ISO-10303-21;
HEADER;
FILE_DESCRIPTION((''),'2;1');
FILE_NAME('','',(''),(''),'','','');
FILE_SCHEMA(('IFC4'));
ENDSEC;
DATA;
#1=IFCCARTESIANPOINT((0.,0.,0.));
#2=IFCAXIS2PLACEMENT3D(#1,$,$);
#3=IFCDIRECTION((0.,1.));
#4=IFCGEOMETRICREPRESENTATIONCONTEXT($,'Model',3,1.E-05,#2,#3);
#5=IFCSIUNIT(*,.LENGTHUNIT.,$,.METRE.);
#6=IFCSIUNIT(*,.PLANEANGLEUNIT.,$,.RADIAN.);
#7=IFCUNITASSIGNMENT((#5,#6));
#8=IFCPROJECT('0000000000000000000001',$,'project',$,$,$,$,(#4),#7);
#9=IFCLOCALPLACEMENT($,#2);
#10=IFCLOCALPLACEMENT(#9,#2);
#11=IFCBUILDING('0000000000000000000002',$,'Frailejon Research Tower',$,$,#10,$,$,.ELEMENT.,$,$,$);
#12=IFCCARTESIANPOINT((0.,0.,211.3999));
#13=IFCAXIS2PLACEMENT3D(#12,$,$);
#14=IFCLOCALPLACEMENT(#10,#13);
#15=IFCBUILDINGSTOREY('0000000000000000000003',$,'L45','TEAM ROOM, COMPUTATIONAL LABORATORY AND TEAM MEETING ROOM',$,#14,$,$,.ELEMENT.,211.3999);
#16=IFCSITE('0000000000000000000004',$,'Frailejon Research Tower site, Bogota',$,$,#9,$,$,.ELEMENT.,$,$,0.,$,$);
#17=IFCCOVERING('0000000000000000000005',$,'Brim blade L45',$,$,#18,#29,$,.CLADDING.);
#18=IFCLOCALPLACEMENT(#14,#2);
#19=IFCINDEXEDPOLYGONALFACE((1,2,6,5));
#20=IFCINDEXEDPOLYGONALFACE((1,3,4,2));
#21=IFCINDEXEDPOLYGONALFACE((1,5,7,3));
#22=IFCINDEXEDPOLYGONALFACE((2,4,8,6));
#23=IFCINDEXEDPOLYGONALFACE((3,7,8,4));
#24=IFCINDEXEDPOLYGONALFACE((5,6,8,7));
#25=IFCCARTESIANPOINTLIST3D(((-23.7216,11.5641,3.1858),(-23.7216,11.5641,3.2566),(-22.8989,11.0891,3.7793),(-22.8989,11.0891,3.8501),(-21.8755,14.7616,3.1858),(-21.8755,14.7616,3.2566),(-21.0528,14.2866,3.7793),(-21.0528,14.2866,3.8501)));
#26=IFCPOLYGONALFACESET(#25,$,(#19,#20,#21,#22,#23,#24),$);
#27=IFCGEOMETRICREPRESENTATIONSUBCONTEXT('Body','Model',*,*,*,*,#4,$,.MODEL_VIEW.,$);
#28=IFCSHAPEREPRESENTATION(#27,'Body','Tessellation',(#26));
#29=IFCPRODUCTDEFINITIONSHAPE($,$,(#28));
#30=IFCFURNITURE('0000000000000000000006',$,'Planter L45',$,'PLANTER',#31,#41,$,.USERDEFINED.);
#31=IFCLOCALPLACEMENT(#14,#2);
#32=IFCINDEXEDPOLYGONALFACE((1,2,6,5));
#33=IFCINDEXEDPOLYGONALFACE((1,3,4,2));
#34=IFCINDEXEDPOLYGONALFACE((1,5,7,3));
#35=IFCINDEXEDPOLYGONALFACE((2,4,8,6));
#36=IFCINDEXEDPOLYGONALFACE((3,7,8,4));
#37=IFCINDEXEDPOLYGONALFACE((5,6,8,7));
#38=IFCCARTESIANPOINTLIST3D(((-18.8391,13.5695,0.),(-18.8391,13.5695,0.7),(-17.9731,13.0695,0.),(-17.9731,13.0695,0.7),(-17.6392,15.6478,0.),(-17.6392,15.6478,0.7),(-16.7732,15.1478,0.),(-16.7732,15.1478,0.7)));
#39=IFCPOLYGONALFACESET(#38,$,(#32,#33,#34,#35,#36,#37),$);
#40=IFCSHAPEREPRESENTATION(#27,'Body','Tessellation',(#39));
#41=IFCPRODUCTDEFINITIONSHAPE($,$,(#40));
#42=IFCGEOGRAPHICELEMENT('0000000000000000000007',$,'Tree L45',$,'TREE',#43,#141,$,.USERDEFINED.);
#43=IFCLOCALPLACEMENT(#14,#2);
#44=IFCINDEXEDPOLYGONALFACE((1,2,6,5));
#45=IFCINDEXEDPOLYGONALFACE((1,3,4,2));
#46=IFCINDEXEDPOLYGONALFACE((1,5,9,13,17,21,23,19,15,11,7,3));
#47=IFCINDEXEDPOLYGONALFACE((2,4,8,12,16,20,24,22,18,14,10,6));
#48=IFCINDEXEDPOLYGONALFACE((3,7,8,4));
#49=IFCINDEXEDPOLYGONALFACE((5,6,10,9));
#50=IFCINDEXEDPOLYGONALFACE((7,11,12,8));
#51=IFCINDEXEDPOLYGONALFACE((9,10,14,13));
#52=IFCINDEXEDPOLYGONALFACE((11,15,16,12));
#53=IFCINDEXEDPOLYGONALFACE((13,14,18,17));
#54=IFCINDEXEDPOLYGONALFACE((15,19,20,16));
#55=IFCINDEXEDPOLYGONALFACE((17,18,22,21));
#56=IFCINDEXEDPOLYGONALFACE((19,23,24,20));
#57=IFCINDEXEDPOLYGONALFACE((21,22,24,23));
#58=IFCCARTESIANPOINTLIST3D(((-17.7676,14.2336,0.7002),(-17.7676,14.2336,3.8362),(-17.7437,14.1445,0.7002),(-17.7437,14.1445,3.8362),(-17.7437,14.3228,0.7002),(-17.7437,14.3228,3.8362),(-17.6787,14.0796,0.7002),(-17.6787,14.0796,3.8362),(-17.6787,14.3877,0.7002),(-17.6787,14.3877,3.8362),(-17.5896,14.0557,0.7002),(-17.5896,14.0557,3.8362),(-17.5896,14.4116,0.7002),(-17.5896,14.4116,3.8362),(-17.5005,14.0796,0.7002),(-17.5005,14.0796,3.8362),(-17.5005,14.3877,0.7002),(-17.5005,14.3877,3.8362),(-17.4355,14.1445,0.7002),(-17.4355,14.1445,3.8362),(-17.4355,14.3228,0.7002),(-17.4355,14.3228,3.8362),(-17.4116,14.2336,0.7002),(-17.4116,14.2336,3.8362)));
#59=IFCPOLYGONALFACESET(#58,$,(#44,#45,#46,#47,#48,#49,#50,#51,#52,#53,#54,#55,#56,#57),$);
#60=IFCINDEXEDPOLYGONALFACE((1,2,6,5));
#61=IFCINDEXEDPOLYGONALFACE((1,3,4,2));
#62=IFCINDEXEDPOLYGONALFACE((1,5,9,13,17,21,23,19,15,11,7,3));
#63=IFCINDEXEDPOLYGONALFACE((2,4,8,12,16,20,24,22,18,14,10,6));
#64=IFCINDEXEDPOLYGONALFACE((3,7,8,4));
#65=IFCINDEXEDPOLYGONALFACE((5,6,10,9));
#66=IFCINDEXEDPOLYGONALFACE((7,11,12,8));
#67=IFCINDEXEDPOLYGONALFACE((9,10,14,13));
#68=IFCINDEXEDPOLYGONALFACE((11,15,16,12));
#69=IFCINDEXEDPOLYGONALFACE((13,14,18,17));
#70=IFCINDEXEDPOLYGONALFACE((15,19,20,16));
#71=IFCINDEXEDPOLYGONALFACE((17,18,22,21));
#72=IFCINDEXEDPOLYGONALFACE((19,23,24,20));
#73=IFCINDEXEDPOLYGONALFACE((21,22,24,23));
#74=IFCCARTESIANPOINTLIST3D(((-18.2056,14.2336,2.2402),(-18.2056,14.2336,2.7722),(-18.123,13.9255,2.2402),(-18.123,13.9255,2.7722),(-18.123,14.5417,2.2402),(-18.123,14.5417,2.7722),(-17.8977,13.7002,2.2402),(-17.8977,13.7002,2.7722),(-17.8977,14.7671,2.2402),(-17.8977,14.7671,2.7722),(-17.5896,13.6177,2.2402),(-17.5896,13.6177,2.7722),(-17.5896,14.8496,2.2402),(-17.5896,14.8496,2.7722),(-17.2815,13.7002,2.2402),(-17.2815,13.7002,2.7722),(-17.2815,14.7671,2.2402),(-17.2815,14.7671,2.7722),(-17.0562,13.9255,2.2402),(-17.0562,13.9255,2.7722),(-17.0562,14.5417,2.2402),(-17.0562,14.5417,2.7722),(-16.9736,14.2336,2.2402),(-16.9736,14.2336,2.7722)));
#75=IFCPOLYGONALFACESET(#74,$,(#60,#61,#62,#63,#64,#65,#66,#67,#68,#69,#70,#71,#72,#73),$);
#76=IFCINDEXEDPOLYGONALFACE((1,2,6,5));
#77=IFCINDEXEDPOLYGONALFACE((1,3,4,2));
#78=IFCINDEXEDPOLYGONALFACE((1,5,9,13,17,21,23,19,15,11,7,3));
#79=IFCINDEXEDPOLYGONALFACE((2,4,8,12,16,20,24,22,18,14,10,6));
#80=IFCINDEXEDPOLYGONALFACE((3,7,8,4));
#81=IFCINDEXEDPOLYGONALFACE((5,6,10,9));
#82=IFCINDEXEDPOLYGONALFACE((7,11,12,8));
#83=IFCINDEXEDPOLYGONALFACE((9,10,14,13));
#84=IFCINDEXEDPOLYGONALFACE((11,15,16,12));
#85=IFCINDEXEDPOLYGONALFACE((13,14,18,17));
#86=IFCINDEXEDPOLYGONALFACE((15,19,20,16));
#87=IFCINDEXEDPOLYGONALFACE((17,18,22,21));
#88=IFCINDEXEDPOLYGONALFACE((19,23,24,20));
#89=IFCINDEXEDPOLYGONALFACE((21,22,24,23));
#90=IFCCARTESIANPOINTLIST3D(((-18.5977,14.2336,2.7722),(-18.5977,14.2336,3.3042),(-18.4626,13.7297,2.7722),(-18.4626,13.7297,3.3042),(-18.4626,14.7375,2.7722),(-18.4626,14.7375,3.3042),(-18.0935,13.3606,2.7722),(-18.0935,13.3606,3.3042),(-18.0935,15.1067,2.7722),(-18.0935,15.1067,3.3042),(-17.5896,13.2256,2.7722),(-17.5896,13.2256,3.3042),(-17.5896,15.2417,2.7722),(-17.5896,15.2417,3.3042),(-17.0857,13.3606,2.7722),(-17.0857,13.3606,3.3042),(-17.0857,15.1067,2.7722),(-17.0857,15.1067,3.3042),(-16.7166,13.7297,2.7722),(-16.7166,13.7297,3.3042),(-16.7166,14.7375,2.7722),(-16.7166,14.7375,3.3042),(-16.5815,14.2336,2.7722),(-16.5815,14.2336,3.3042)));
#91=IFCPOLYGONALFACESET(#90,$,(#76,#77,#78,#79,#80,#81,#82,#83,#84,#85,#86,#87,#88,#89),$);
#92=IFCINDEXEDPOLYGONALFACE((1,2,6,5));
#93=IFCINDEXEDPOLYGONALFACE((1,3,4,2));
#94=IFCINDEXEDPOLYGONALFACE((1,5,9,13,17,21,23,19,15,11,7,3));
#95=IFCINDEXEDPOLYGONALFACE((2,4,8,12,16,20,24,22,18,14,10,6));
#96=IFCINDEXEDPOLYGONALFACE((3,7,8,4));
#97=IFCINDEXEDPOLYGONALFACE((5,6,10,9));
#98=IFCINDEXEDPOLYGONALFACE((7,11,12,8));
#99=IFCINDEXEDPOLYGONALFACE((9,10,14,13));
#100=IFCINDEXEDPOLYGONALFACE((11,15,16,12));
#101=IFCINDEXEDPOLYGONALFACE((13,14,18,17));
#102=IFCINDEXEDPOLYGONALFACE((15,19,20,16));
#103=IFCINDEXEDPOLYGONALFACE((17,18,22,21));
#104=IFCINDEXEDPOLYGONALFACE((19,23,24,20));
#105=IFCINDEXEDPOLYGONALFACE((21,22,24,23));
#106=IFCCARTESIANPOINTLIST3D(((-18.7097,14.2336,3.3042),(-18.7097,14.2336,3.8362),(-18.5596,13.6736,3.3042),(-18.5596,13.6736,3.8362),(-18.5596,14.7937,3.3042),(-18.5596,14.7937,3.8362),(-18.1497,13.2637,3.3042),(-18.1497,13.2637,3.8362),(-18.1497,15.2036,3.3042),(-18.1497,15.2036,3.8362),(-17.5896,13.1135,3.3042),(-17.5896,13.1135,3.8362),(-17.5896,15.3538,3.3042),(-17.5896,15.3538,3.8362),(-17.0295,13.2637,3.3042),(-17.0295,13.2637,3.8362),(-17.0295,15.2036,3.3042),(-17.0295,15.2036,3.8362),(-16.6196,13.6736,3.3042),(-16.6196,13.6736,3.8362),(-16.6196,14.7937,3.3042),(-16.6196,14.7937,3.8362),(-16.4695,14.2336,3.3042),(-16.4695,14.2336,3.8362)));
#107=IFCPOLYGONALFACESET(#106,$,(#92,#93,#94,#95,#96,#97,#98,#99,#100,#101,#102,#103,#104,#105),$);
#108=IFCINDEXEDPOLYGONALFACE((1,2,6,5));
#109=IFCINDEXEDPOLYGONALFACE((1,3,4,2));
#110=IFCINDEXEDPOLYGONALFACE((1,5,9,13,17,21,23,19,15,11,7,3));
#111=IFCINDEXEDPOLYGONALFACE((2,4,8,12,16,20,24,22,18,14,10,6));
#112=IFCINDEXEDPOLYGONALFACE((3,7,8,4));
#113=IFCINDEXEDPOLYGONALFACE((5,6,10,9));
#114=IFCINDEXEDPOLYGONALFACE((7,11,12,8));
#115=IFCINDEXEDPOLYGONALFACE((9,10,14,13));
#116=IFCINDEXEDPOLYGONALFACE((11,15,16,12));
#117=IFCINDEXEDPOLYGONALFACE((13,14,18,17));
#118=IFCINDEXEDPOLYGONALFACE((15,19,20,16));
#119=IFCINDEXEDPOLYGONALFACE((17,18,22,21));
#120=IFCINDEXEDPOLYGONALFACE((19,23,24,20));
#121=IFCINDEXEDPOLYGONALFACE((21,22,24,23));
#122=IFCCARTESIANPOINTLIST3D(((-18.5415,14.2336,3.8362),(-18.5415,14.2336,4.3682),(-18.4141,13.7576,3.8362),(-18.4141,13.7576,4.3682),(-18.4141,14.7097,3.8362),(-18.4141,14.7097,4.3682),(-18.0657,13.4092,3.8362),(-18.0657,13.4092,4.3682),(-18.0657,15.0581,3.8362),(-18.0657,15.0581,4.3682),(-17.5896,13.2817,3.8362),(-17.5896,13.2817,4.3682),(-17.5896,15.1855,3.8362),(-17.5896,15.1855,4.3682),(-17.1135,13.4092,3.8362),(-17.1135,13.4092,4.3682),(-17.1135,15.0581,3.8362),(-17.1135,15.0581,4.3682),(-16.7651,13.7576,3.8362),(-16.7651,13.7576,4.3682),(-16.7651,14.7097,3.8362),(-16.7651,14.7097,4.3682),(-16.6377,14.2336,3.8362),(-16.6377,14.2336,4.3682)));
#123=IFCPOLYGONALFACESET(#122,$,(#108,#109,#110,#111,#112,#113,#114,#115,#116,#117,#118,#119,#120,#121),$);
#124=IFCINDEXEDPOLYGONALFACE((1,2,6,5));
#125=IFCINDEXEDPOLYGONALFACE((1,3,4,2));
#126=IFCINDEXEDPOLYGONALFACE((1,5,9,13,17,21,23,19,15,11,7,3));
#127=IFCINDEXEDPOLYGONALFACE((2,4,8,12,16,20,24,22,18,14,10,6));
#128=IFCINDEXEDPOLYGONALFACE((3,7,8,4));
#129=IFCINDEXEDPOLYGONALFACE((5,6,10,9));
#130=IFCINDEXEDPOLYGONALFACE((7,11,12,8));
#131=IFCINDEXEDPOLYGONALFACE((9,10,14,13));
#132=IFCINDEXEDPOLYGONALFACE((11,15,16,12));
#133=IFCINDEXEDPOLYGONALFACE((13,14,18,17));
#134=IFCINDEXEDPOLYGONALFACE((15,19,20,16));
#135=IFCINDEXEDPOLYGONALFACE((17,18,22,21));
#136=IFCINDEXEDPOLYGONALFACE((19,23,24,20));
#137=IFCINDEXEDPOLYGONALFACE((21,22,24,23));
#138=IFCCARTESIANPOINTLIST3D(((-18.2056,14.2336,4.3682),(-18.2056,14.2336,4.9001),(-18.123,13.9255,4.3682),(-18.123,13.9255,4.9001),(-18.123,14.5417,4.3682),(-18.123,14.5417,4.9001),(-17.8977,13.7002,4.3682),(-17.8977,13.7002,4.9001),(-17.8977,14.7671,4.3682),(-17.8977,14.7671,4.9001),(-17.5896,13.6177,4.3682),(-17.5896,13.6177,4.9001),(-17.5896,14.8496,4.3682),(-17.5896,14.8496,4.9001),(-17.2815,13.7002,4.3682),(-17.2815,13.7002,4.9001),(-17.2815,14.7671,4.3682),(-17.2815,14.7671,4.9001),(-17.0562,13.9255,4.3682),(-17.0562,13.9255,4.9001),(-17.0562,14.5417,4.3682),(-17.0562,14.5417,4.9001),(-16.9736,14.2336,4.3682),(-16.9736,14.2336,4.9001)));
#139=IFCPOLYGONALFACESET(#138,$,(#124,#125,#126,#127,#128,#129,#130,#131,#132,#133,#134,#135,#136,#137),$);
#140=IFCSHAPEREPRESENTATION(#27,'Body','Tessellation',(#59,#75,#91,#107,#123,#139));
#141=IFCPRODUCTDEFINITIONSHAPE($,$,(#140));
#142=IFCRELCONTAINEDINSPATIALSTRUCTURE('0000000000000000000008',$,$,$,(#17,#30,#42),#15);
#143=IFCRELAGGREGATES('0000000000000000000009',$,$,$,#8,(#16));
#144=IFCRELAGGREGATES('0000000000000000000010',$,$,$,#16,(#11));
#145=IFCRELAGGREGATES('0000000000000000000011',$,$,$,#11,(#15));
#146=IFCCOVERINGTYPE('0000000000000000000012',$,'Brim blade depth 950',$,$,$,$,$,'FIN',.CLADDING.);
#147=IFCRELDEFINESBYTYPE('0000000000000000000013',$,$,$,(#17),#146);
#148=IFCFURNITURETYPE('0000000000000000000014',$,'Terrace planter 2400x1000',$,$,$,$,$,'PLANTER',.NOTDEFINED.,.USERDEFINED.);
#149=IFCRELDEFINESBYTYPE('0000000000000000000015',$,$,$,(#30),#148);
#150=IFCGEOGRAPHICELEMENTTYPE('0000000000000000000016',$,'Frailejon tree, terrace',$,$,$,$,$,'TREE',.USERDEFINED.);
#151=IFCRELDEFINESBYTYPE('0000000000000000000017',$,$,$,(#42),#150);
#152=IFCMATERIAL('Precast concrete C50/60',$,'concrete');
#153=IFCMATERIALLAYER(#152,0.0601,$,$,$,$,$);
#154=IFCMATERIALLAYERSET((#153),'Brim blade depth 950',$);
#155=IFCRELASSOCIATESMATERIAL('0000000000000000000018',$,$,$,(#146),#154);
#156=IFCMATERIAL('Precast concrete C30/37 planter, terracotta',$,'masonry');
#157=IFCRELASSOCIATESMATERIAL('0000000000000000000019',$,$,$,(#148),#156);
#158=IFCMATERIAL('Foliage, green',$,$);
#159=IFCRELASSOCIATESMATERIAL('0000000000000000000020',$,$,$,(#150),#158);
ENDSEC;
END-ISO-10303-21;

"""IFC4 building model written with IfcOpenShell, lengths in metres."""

from ifc_helpers import new_model, si_unit, direction, frame, origin, origin_2d, place, context, subcontext, project, spatial, polyline, rectangle, outline, extrude, material, layer, layer_set, type_object, element, save


model = new_model("IFC4")

# Units and contexts
model_context = context("Model", 3, precision=1e-05, world=origin(), true_north=direction((0.0, 1.0)))
body_context = subcontext(model_context, "Body", "Model", "MODEL_VIEW")
ifc_project = project(units=[si_unit("LENGTHUNIT", "METRE"), si_unit("PLANEANGLEUNIT", "RADIAN")], contexts=[model_context])

# Site, building, storey
site_placement = place(None, origin())
site = spatial("IfcSite", under=ifc_project, at=site_placement, Name="Frailejon Research Tower site, Bogota", CompositionType="ELEMENT", RefElevation=0.0)
building_placement = place(site_placement, origin())
building = spatial("IfcBuilding", under=site, at=building_placement, Name="Frailejon Research Tower", CompositionType="ELEMENT")
storey_placement = place(building_placement, frame((0.0, 0.0, 211.3999)))
storey = spatial("IfcBuildingStorey", under=building, at=storey_placement, Name="L45", Description="TEAM ROOM, COMPUTATIONAL LABORATORY AND TEAM MEETING ROOM", CompositionType="ELEMENT", Elevation=211.3999)

# Covering
ifc_material_1 = material(Name="Precast concrete C50/60", Category="concrete")
ifc_layer_1 = layer(ifc_material_1, 0.0601)
ifc_layer_set_1 = layer_set([ifc_layer_1], Name="Brim blade depth 950")
covering_type_1 = type_object("IfcCoveringType", Name="Brim blade depth 950", ElementType="FIN", PredefinedType="CLADDING", material=ifc_layer_set_1)
covering_1_placement = place(storey_placement, frame((-22.8989, 11.0891, 3.8501), z_axis=(0.500005, 0.866023, 0.0), x_axis=(-0.866023, 0.500005, 0.0)))
element("IfcCovering", 1, at=covering_1_placement, inside=storey, type_object=covering_type_1, Name="Brim blade L45", PredefinedType="CLADDING", context=body_context, shape_type="SweptSolid", body=[
    extrude(outline(polyline([(0.0, -0.0708), (0.95, -0.6643), (0.95, -0.5935), (0.0, 0.0), (0.0, -0.0708)])), origin(), (0.0, 0.0, 1.0), 3.6921),
])

# Furniture
ifc_material_2 = material(Name="Precast concrete C30/37 planter, terracotta", Category="masonry")
furniture_type = type_object("IfcFurnitureType", Name="Terrace planter 2400x1000", ElementType="PLANTER", AssemblyPlace="NOTDEFINED", PredefinedType="USERDEFINED", material=ifc_material_2)
furniture_placement = place(storey_placement, frame((-17.8062, 14.3586, 0.0), z_axis=(0.0, 0.0, 1.0), x_axis=(-0.5, -0.866025, 0.0)))
element("IfcFurniture", 2, at=furniture_placement, inside=storey, type_object=furniture_type, Name="Planter L45", ObjectType="PLANTER", PredefinedType="USERDEFINED", context=body_context, shape_type="SweptSolid", body=[
    extrude(rectangle(XDim=2.3999, YDim=1.0, at=origin_2d()), origin(), (0.0, 0.0, 1.0), 0.7),
])

# Geographic element
ifc_material_3 = material(Name="Foliage, green")
geographic_element_type = type_object("IfcGeographicElementType", Name="Frailejon tree, terrace", ElementType="TREE", PredefinedType="USERDEFINED", material=ifc_material_3)
geographic_element_placement = place(storey_placement, frame((-17.5896, 14.2336, 0.7002)))
element("IfcGeographicElement", 3, at=geographic_element_placement, inside=storey, type_object=geographic_element_type, Name="Tree L45", ObjectType="TREE", PredefinedType="USERDEFINED", context=body_context, shape_type="SweptSolid", body=[
    extrude(outline(polyline([(0.178, 0.0), (0.1541, 0.0891), (0.0891, 0.1541), (0.0, 0.178), (-0.0891, 0.1541), (-0.1541, 0.0891), (-0.178, 0.0), (-0.1541, -0.0891), (-0.0891, -0.1541), (0.0, -0.178), (0.0891, -0.1541), (0.1541, -0.0891), (0.178, 0.0)])), origin(), (0.0, 0.0, 1.0), 3.136),
    extrude(outline(polyline([(0.616, 0.0), (0.5334, 0.3081), (0.3081, 0.5334), (0.0, 0.616), (-0.3081, 0.5334), (-0.5334, 0.3081), (-0.616, 0.0), (-0.5334, -0.3081), (-0.3081, -0.5334), (0.0, -0.616), (0.3081, -0.5334), (0.5334, -0.3081), (0.616, 0.0)])), frame((0.0, 0.0, 1.54)), (0.0, 0.0, 1.0), 0.532),
    extrude(outline(polyline([(1.0081, 0.0), (0.873, 0.5039), (0.5039, 0.873), (0.0, 1.0081), (-0.5039, 0.873), (-0.873, 0.5039), (-1.0081, 0.0), (-0.873, -0.5039), (-0.5039, -0.873), (0.0, -1.0081), (0.5039, -0.873), (0.873, -0.5039), (1.0081, 0.0)])), frame((0.0, 0.0, 2.072)), (0.0, 0.0, 1.0), 0.532),
    extrude(outline(polyline([(1.1201, 0.0), (0.97, 0.5601), (0.5601, 0.97), (0.0, 1.1201), (-0.5601, 0.97), (-0.97, 0.5601), (-1.1201, 0.0), (-0.97, -0.5601), (-0.5601, -0.97), (0.0, -1.1201), (0.5601, -0.97), (0.97, -0.5601), (1.1201, 0.0)])), frame((0.0, 0.0, 2.604)), (0.0, 0.0, 1.0), 0.532),
    extrude(outline(polyline([(0.9519, 0.0), (0.8245, 0.4761), (0.4761, 0.8245), (0.0, 0.9519), (-0.4761, 0.8245), (-0.8245, 0.4761), (-0.9519, 0.0), (-0.8245, -0.4761), (-0.4761, -0.8245), (0.0, -0.9519), (0.4761, -0.8245), (0.8245, -0.4761), (0.9519, 0.0)])), frame((0.0, 0.0, 3.136)), (0.0, 0.0, 1.0), 0.532),
    extrude(outline(polyline([(0.616, 0.0), (0.5334, 0.3081), (0.3081, 0.5334), (0.0, 0.616), (-0.3081, 0.5334), (-0.5334, 0.3081), (-0.616, 0.0), (-0.5334, -0.3081), (-0.3081, -0.5334), (0.0, -0.616), (0.3081, -0.5334), (0.5334, -0.3081), (0.616, 0.0)])), frame((0.0, 0.0, 3.668)), (0.0, 0.0, 1.0), 0.532),
])

save(model, "model.ifc")
